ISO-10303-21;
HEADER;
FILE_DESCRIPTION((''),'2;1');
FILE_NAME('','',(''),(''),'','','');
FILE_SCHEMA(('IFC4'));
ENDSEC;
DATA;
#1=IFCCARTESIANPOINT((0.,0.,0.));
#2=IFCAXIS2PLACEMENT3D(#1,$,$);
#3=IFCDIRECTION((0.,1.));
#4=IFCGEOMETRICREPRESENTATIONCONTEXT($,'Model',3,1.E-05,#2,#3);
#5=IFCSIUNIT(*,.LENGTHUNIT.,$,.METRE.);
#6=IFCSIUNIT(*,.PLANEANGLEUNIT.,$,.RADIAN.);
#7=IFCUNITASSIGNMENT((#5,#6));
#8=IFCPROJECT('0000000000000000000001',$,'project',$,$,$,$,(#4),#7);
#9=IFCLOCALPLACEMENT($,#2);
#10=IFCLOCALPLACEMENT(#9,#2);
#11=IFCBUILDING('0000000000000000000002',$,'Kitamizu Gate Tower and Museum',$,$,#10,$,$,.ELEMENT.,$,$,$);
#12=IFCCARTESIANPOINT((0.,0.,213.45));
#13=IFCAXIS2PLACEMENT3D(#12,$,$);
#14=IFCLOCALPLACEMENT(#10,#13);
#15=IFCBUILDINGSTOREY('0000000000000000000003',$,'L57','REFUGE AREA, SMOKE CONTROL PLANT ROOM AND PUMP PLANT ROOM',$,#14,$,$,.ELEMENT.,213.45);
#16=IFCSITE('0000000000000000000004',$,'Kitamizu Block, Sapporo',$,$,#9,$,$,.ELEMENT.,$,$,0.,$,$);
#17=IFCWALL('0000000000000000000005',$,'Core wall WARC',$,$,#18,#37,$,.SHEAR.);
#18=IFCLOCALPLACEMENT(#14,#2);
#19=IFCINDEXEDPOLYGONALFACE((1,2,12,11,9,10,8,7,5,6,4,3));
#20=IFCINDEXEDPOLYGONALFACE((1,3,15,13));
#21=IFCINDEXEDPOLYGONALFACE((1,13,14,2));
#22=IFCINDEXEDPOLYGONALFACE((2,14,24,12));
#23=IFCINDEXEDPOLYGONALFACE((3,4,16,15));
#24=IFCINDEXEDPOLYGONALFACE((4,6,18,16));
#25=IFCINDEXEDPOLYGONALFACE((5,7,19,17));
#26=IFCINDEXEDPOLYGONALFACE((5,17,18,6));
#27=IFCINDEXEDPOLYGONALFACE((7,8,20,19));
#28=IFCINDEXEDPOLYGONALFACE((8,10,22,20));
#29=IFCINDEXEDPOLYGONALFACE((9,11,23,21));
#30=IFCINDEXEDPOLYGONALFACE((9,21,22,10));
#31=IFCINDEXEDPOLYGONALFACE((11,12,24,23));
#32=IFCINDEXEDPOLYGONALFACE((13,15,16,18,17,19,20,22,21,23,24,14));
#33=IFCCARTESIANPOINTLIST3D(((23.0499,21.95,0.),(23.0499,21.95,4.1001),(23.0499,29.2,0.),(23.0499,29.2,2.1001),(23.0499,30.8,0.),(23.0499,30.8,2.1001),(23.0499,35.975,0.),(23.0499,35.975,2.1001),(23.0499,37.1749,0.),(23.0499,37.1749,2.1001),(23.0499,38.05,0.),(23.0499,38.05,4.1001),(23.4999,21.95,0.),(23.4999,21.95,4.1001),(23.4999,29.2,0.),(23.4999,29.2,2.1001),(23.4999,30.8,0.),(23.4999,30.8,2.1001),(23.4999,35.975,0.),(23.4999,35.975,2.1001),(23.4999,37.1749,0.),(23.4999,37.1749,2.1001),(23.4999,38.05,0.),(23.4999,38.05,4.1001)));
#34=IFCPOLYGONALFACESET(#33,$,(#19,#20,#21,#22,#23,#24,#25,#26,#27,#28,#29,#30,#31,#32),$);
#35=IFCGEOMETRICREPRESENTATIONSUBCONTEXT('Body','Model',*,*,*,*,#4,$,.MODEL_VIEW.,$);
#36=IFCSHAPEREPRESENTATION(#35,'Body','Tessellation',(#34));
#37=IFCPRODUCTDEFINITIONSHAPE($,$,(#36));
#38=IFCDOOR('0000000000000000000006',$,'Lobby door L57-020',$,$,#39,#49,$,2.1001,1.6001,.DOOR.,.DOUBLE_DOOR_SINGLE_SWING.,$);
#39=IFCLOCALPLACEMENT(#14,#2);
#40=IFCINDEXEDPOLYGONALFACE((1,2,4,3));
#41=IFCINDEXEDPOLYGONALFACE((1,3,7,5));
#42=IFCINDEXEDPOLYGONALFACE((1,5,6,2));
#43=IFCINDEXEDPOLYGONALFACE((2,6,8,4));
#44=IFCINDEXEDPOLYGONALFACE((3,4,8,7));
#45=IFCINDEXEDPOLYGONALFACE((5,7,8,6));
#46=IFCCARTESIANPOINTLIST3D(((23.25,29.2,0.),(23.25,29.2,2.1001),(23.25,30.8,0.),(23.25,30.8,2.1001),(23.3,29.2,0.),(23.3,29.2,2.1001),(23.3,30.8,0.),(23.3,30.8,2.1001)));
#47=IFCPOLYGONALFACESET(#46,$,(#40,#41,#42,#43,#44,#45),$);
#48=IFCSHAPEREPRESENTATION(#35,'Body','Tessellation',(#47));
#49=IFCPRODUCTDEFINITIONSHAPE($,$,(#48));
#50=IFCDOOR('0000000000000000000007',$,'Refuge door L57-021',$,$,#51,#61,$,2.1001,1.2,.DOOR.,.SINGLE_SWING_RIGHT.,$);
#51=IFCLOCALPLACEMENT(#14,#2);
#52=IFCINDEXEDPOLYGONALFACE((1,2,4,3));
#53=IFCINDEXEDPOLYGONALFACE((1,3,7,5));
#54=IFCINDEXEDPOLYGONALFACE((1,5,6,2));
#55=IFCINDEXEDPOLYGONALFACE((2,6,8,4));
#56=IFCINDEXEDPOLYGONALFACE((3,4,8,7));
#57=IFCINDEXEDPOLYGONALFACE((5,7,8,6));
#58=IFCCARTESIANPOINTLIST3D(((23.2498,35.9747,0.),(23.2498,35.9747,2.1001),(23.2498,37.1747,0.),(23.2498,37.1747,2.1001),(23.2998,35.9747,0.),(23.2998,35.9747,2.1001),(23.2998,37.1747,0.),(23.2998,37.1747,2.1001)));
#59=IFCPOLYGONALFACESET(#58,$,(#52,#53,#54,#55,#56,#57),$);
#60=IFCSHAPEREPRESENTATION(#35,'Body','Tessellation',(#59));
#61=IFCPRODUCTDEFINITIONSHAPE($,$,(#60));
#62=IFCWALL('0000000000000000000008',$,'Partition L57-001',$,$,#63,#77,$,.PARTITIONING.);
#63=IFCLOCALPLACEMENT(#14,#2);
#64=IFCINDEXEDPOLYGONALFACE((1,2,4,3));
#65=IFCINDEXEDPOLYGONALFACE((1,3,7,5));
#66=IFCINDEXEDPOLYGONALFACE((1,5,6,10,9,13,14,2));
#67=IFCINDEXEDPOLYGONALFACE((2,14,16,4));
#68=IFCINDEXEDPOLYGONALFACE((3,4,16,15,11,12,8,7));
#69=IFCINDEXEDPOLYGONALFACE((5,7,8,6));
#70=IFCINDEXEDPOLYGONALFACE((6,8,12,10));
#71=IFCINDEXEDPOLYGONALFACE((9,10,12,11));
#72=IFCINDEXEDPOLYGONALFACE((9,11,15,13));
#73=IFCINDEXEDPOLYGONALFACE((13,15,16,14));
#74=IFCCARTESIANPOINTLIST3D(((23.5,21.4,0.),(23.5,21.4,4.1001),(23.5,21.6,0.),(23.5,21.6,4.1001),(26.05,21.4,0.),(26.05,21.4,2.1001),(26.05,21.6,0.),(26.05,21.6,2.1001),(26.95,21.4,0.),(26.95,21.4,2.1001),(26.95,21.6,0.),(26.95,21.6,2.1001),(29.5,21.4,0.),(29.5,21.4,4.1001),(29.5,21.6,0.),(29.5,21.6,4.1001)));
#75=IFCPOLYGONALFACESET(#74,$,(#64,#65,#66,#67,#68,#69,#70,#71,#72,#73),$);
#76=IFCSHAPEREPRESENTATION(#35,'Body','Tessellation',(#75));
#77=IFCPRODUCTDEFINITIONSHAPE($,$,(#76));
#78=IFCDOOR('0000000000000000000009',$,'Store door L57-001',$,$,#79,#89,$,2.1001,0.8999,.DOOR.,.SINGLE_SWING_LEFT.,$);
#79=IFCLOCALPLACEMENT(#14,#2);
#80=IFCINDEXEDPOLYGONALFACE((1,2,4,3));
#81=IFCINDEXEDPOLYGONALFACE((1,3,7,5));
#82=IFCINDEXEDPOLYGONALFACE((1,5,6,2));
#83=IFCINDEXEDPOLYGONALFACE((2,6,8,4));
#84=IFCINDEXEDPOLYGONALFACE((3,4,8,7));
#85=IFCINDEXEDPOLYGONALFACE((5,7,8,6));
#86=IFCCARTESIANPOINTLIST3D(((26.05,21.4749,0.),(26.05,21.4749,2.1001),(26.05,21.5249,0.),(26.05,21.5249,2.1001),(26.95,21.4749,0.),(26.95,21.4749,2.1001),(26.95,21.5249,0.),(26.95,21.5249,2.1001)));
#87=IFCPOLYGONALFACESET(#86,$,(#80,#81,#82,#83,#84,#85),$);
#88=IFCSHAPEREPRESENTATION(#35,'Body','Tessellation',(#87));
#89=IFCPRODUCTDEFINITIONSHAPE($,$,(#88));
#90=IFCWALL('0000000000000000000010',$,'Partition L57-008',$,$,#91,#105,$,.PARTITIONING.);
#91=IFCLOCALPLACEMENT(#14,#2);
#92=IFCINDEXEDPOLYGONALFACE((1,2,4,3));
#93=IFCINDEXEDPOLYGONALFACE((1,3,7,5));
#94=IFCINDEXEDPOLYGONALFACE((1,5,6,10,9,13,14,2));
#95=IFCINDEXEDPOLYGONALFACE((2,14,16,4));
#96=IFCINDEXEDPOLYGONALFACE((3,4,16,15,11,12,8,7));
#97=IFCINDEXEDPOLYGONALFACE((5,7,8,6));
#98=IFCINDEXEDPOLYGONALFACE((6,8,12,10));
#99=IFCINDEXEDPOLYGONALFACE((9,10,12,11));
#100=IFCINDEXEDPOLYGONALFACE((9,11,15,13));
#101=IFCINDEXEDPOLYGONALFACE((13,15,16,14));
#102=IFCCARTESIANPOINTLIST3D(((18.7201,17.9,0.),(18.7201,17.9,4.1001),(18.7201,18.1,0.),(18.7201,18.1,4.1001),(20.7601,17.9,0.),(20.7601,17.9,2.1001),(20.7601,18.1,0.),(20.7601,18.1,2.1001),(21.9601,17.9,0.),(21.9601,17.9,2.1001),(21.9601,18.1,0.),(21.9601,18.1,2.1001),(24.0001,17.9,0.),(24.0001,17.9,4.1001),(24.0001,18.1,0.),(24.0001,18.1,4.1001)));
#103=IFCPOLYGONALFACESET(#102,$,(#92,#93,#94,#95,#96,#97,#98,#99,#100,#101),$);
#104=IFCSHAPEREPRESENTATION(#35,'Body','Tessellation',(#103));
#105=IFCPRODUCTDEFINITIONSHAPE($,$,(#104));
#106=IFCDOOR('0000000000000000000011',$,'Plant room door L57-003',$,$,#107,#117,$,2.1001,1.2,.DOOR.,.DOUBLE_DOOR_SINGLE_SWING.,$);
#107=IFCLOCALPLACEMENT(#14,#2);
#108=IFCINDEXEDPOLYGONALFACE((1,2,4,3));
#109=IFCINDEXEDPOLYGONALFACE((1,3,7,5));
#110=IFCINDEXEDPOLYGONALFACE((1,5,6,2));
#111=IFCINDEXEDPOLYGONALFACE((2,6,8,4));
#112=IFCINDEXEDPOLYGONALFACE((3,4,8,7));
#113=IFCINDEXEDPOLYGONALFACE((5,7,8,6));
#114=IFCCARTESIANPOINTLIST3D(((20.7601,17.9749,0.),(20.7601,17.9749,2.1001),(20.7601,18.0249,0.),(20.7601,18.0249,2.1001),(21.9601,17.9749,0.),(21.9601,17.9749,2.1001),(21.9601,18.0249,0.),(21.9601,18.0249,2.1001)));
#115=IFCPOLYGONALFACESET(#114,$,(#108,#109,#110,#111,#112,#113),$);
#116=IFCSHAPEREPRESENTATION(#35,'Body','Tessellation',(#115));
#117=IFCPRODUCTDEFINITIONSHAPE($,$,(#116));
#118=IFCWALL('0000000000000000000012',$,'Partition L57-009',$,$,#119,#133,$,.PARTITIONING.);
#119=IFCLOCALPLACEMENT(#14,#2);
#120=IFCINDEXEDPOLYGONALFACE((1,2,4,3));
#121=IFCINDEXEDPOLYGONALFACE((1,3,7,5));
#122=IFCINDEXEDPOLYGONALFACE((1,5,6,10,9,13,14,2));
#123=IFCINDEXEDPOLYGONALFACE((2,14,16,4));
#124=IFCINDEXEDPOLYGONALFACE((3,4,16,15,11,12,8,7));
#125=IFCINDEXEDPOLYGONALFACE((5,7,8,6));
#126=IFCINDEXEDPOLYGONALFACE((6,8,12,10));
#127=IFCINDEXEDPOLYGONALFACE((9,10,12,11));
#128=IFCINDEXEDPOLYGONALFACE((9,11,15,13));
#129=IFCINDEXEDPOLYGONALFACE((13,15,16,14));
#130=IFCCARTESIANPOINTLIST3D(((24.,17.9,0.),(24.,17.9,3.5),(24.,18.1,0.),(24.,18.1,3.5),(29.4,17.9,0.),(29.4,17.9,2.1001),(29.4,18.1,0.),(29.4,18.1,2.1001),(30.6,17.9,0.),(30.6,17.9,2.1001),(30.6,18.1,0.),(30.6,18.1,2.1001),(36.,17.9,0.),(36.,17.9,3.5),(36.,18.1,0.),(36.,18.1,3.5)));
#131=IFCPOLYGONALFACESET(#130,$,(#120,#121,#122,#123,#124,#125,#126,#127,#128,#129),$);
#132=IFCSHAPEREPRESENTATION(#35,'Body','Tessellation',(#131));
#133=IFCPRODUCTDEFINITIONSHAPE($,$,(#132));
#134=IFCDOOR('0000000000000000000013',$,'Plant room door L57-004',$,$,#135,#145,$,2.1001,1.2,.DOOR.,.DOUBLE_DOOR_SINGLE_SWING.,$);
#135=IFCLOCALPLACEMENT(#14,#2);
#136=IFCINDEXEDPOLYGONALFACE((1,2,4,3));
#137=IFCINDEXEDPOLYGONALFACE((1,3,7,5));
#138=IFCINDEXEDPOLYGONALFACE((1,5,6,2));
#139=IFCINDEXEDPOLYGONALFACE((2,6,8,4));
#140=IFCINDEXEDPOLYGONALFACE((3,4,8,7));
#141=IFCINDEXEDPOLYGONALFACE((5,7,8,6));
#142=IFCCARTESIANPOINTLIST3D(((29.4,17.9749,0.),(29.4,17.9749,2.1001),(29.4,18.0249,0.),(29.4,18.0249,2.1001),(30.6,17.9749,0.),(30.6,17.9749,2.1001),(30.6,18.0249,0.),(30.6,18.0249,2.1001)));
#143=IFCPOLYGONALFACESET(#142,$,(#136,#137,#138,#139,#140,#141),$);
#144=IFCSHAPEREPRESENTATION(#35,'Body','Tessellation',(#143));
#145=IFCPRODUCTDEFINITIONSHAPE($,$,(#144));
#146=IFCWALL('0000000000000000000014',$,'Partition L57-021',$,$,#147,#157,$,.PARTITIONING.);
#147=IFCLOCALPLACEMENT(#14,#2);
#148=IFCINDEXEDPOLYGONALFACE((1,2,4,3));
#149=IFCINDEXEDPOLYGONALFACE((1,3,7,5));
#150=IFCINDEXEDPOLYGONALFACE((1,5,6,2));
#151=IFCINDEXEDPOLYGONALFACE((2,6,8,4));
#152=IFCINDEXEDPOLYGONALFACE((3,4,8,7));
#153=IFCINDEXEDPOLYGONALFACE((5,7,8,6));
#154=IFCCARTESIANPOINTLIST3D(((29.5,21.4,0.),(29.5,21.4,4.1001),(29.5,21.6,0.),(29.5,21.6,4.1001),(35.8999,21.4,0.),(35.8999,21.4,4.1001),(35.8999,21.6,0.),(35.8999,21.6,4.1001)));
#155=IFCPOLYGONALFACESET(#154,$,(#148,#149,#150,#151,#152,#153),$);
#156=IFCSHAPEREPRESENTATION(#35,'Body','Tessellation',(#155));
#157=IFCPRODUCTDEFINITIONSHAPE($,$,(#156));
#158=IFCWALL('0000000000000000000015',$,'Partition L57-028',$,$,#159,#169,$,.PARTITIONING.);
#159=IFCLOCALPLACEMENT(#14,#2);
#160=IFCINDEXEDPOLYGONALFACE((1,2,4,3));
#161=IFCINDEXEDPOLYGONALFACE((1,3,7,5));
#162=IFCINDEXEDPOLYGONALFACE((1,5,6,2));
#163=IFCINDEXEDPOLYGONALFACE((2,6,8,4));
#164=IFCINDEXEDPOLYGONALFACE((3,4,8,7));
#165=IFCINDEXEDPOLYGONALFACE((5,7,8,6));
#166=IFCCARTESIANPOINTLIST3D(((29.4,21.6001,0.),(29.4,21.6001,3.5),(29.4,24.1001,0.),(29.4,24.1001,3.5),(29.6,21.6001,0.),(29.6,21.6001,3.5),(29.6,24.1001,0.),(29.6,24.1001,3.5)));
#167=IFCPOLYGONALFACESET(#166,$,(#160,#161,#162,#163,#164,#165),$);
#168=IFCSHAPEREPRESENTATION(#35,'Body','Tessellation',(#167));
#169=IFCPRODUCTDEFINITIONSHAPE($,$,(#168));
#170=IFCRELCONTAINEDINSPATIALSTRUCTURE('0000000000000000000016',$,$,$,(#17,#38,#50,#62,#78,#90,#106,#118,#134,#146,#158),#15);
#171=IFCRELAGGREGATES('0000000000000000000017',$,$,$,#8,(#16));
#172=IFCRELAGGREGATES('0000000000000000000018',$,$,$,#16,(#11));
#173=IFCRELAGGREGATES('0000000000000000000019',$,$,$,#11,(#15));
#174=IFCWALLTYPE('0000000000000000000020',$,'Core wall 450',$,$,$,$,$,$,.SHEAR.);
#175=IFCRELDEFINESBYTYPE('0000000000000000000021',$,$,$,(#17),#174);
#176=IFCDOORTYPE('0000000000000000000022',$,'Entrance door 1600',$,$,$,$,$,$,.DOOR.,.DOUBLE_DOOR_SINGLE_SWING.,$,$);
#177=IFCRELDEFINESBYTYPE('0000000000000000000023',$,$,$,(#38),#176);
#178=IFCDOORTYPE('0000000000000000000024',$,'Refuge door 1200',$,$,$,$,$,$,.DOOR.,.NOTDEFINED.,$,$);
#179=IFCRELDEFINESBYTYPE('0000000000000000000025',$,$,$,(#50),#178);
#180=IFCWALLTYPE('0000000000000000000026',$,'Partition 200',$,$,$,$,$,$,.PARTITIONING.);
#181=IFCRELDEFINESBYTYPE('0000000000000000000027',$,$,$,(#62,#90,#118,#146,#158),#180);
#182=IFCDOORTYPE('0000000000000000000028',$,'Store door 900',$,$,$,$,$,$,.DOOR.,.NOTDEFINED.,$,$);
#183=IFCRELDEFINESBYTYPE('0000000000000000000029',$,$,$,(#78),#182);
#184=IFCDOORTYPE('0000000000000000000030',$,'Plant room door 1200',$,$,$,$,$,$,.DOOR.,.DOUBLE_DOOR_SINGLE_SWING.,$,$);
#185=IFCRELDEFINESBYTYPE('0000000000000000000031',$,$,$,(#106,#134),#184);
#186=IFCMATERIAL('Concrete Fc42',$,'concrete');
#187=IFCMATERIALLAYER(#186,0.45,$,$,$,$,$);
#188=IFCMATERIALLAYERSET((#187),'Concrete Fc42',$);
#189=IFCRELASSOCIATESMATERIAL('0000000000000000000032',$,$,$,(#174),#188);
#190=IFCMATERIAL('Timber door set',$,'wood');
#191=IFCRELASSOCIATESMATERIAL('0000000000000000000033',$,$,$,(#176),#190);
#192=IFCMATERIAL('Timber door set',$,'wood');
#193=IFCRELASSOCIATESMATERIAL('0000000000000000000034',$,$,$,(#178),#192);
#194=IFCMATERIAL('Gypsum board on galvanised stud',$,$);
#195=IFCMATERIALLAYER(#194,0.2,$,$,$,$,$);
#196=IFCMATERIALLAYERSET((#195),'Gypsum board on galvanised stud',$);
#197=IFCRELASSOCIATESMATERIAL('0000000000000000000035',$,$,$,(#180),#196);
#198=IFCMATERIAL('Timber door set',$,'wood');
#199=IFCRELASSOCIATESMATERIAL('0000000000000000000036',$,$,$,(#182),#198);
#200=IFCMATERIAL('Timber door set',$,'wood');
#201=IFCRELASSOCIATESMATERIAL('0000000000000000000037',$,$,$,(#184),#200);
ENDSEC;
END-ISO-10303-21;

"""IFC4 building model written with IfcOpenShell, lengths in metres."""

from ifc_helpers import new_model, si_unit, direction, frame, frame_2d, origin, place, context, subcontext, project, spatial, rectangle, extrude, material, layer, layer_set, type_object, element, fill, save


model = new_model("IFC4")

# Units and contexts
model_context = context("Model", 3, precision=1e-05, world=origin(), true_north=direction((0.0, 1.0)))
body_context = subcontext(model_context, "Body", "Model", "MODEL_VIEW")
ifc_project = project(units=[si_unit("LENGTHUNIT", "METRE"), si_unit("PLANEANGLEUNIT", "RADIAN")], contexts=[model_context])

# Site, building, storey
site_placement = place(None, origin())
site = spatial("IfcSite", under=ifc_project, at=site_placement, Name="Kitamizu Block, Sapporo", CompositionType="ELEMENT", RefElevation=0.0)
building_placement = place(site_placement, origin())
building = spatial("IfcBuilding", under=site, at=building_placement, Name="Kitamizu Gate Tower and Museum", CompositionType="ELEMENT")
storey_placement = place(building_placement, frame((0.0, 0.0, 213.45)))
storey = spatial("IfcBuildingStorey", under=building, at=storey_placement, Name="L57", Description="REFUGE AREA, SMOKE CONTROL PLANT ROOM AND PUMP PLANT ROOM", CompositionType="ELEMENT", Elevation=213.45)

# Wall, openings, doors
ifc_material_1 = material(Name="Concrete Fc42", Category="concrete")
ifc_layer_1 = layer(ifc_material_1, 0.45)
ifc_layer_set_1 = layer_set([ifc_layer_1], Name="Concrete Fc42")
wall_type_1 = type_object("IfcWallType", Name="Core wall 450", PredefinedType="SHEAR", material=ifc_layer_set_1)
wall_1_placement = place(storey_placement, frame((23.2749, 21.95, 0.0), z_axis=(0.0, 0.0, 1.0), x_axis=(0.0, 1.0, 0.0)))
wall_1 = element("IfcWall", 1, at=wall_1_placement, inside=storey, type_object=wall_type_1, Name="Core wall WARC", PredefinedType="SHEAR", context=body_context, shape_type="SweptSolid", body=[
    extrude(rectangle(XDim=16.1001, YDim=0.45, at=frame_2d((8.05, 0.0))), origin(), (0.0, 0.0, 1.0), 4.1001),
])
opening_1_placement = place(wall_1_placement, frame((7.25, 0.0, 0.0)))
opening_1 = element("IfcOpeningElement", 2, at=opening_1_placement, cuts=wall_1, PredefinedType="OPENING", context=body_context, shape_type="SweptSolid", body=[
    extrude(rectangle(XDim=1.6001, YDim=2.1001, at=frame_2d((0.8, 1.05))), frame((0.0, 0.2349, 0.0), z_axis=(0.0, -1.0, 0.0), x_axis=(1.0, 0.0, 0.0)), (0.0, 0.0, 1.0), 0.47),
])
opening_2_placement = place(wall_1_placement, frame((14.0249, 0.0, 0.0)))
opening_2 = element("IfcOpeningElement", 3, at=opening_2_placement, cuts=wall_1, PredefinedType="OPENING", context=body_context, shape_type="SweptSolid", body=[
    extrude(rectangle(XDim=1.2, YDim=2.1001, at=frame_2d((0.6001, 1.05))), frame((0.0, 0.2349, 0.0), z_axis=(0.0, -1.0, 0.0), x_axis=(1.0, 0.0, 0.0)), (0.0, 0.0, 1.0), 0.47),
])
ifc_material_2 = material(Name="Timber door set", Category="wood")
door_type_1 = type_object("IfcDoorType", Name="Entrance door 1600", OperationType="DOUBLE_DOOR_SINGLE_SWING", PredefinedType="DOOR", material=ifc_material_2)
door_1_placement = place(opening_1_placement, origin())
door_1 = element("IfcDoor", 4, at=door_1_placement, inside=storey, type_object=door_type_1, Name="Lobby door L57-020", OperationType="DOUBLE_DOOR_SINGLE_SWING", OverallHeight=2.1001, OverallWidth=1.6001, PredefinedType="DOOR", context=body_context, shape_type="SweptSolid", body=[
    extrude(rectangle(XDim=1.6001, YDim=2.1001, at=frame_2d((0.8, 1.05))), frame((0.0, 0.0249, 0.0), z_axis=(0.0, -1.0, 0.0), x_axis=(1.0, 0.0, 0.0)), (0.0, 0.0, 1.0), 0.05),
])
fill(opening_1, door_1)
ifc_material_3 = material(Name="Timber door set", Category="wood")
door_type_2 = type_object("IfcDoorType", Name="Refuge door 1200", OperationType="NOTDEFINED", PredefinedType="DOOR", material=ifc_material_3)
door_2_placement = place(opening_2_placement, frame((1.2, 0.0, 0.0), x_axis=(-1.0, 0.0, 0.0)))
door_2 = element("IfcDoor", 5, at=door_2_placement, inside=storey, type_object=door_type_2, Name="Refuge door L57-021", OperationType="SINGLE_SWING_RIGHT", OverallHeight=2.1001, OverallWidth=1.2, PredefinedType="DOOR", context=body_context, shape_type="SweptSolid", body=[
    extrude(rectangle(XDim=1.2, YDim=2.1001, at=frame_2d((0.6001, 1.05))), frame((0.0, 0.0249, 0.0), z_axis=(0.0, -1.0, 0.0), x_axis=(1.0, 0.0, 0.0)), (0.0, 0.0, 1.0), 0.05),
])
fill(opening_2, door_2)

# Walls, openings, doors
ifc_material_4 = material(Name="Gypsum board on galvanised stud")
ifc_layer_2 = layer(ifc_material_4, 0.2)
ifc_layer_set_2 = layer_set([ifc_layer_2], Name="Gypsum board on galvanised stud")
wall_type_2 = type_object("IfcWallType", Name="Partition 200", PredefinedType="PARTITIONING", material=ifc_layer_set_2)
wall_2_placement = place(storey_placement, frame((29.5, 21.5, 0.0), z_axis=(0.0, 0.0, 1.0), x_axis=(-1.0, 0.0, 0.0)))
wall_2 = element("IfcWall", 6, at=wall_2_placement, inside=storey, type_object=wall_type_2, Name="Partition L57-001", PredefinedType="PARTITIONING", context=body_context, shape_type="SweptSolid", body=[
    extrude(rectangle(XDim=6.0, YDim=0.2, at=frame_2d((3.0, 0.0))), origin(), (0.0, 0.0, 1.0), 4.1001),
])
opening_3_placement = place(wall_2_placement, frame((2.55, 0.0, 0.0)))
opening_3 = element("IfcOpeningElement", 7, at=opening_3_placement, cuts=wall_2, PredefinedType="OPENING", context=body_context, shape_type="SweptSolid", body=[
    extrude(rectangle(XDim=0.8999, YDim=2.1001, at=frame_2d((0.45, 1.05))), frame((0.0, 0.1099, 0.0), z_axis=(0.0, -1.0, 0.0), x_axis=(1.0, 0.0, 0.0)), (0.0, 0.0, 1.0), 0.22),
])
ifc_material_5 = material(Name="Timber door set", Category="wood")
door_type_3 = type_object("IfcDoorType", Name="Store door 900", OperationType="NOTDEFINED", PredefinedType="DOOR", material=ifc_material_5)
door_3_placement = place(opening_3_placement, frame((0.8999, 0.0, 0.0), x_axis=(-1.0, 0.0, 0.0)))
door_3 = element("IfcDoor", 8, at=door_3_placement, inside=storey, type_object=door_type_3, Name="Store door L57-001", OperationType="SINGLE_SWING_LEFT", OverallHeight=2.1001, OverallWidth=0.8999, PredefinedType="DOOR", context=body_context, shape_type="SweptSolid", body=[
    extrude(rectangle(XDim=0.8999, YDim=2.1001, at=frame_2d((0.45, 1.05))), frame((0.0, 0.0249, 0.0), z_axis=(0.0, -1.0, 0.0), x_axis=(1.0, 0.0, 0.0)), (0.0, 0.0, 1.0), 0.05),
])
fill(opening_3, door_3)
wall_3_placement = place(storey_placement, frame((18.72, 18.0, 0.0), z_axis=(0.0, 0.0, 1.0), x_axis=(1.0, 0.0, 0.0)))
wall_3 = element("IfcWall", 9, at=wall_3_placement, inside=storey, type_object=wall_type_2, Name="Partition L57-008", PredefinedType="PARTITIONING", context=body_context, shape_type="SweptSolid", body=[
    extrude(rectangle(XDim=5.28, YDim=0.2, at=frame_2d((2.6401, 0.0))), origin(), (0.0, 0.0, 1.0), 4.1001),
])
opening_4_placement = place(wall_3_placement, frame((2.04, 0.0, 0.0)))
opening_4 = element("IfcOpeningElement", 10, at=opening_4_placement, cuts=wall_3, PredefinedType="OPENING", context=body_context, shape_type="SweptSolid", body=[
    extrude(rectangle(XDim=1.2, YDim=2.1001, at=frame_2d((0.6001, 1.05))), frame((0.0, 0.1099, 0.0), z_axis=(0.0, -1.0, 0.0), x_axis=(1.0, 0.0, 0.0)), (0.0, 0.0, 1.0), 0.22),
])
ifc_material_6 = material(Name="Timber door set", Category="wood")
door_type_4 = type_object("IfcDoorType", Name="Plant room door 1200", OperationType="DOUBLE_DOOR_SINGLE_SWING", PredefinedType="DOOR", material=ifc_material_6)
door_4_placement = place(opening_4_placement, origin())
door_4 = element("IfcDoor", 11, at=door_4_placement, inside=storey, type_object=door_type_4, Name="Plant room door L57-003", OperationType="DOUBLE_DOOR_SINGLE_SWING", OverallHeight=2.1001, OverallWidth=1.2, PredefinedType="DOOR", context=body_context, shape_type="SweptSolid", body=[
    extrude(rectangle(XDim=1.2, YDim=2.1001, at=frame_2d((0.6001, 1.05))), frame((0.0, 0.0249, 0.0), z_axis=(0.0, -1.0, 0.0), x_axis=(1.0, 0.0, 0.0)), (0.0, 0.0, 1.0), 0.05),
])
fill(opening_4, door_4)
wall_4_placement = place(storey_placement, frame((24.0, 18.0, 0.0), z_axis=(0.0, 0.0, 1.0), x_axis=(1.0, 0.0, 0.0)))
wall_4 = element("IfcWall", 12, at=wall_4_placement, inside=storey, type_object=wall_type_2, Name="Partition L57-009", PredefinedType="PARTITIONING", context=body_context, shape_type="SweptSolid", body=[
    extrude(rectangle(XDim=12.0, YDim=0.2, at=frame_2d((6.0, 0.0))), origin(), (0.0, 0.0, 1.0), 3.5),
])
opening_5_placement = place(wall_4_placement, frame((5.3999, 0.0, 0.0)))
opening_5 = element("IfcOpeningElement", 13, at=opening_5_placement, cuts=wall_4, PredefinedType="OPENING", context=body_context, shape_type="SweptSolid", body=[
    extrude(rectangle(XDim=1.2, YDim=2.1001, at=frame_2d((0.6001, 1.05))), frame((0.0, 0.1099, 0.0), z_axis=(0.0, -1.0, 0.0), x_axis=(1.0, 0.0, 0.0)), (0.0, 0.0, 1.0), 0.22),
])
door_5_placement = place(opening_5_placement, origin())
door_5 = element("IfcDoor", 14, at=door_5_placement, inside=storey, type_object=door_type_4, Name="Plant room door L57-004", OperationType="DOUBLE_DOOR_SINGLE_SWING", OverallHeight=2.1001, OverallWidth=1.2, PredefinedType="DOOR", context=body_context, shape_type="SweptSolid", body=[
    extrude(rectangle(XDim=1.2, YDim=2.1001, at=frame_2d((0.6001, 1.05))), frame((0.0, 0.0249, 0.0), z_axis=(0.0, -1.0, 0.0), x_axis=(1.0, 0.0, 0.0)), (0.0, 0.0, 1.0), 0.05),
])
fill(opening_5, door_5)

# Walls
wall_5_placement = place(storey_placement, frame((35.8999, 21.5, 0.0), z_axis=(0.0, 0.0, 1.0), x_axis=(-1.0, 0.0, 0.0)))
element("IfcWall", 15, at=wall_5_placement, inside=storey, type_object=wall_type_2, Name="Partition L57-021", PredefinedType="PARTITIONING", context=body_context, shape_type="SweptSolid", body=[
    extrude(rectangle(XDim=6.3999, YDim=0.2, at=frame_2d((3.2, 0.0))), origin(), (0.0, 0.0, 1.0), 4.1001),
])
wall_6_placement = place(storey_placement, frame((29.5, 21.6001, 0.0), z_axis=(0.0, 0.0, 1.0), x_axis=(0.0, 1.0, 0.0)))
element("IfcWall", 16, at=wall_6_placement, inside=storey, type_object=wall_type_2, Name="Partition L57-028", PredefinedType="PARTITIONING", context=body_context, shape_type="SweptSolid", body=[
    extrude(rectangle(XDim=2.5, YDim=0.2, at=frame_2d((1.25, 0.0))), origin(), (0.0, 0.0, 1.0), 3.5),
])

save(model, "model.ifc")
